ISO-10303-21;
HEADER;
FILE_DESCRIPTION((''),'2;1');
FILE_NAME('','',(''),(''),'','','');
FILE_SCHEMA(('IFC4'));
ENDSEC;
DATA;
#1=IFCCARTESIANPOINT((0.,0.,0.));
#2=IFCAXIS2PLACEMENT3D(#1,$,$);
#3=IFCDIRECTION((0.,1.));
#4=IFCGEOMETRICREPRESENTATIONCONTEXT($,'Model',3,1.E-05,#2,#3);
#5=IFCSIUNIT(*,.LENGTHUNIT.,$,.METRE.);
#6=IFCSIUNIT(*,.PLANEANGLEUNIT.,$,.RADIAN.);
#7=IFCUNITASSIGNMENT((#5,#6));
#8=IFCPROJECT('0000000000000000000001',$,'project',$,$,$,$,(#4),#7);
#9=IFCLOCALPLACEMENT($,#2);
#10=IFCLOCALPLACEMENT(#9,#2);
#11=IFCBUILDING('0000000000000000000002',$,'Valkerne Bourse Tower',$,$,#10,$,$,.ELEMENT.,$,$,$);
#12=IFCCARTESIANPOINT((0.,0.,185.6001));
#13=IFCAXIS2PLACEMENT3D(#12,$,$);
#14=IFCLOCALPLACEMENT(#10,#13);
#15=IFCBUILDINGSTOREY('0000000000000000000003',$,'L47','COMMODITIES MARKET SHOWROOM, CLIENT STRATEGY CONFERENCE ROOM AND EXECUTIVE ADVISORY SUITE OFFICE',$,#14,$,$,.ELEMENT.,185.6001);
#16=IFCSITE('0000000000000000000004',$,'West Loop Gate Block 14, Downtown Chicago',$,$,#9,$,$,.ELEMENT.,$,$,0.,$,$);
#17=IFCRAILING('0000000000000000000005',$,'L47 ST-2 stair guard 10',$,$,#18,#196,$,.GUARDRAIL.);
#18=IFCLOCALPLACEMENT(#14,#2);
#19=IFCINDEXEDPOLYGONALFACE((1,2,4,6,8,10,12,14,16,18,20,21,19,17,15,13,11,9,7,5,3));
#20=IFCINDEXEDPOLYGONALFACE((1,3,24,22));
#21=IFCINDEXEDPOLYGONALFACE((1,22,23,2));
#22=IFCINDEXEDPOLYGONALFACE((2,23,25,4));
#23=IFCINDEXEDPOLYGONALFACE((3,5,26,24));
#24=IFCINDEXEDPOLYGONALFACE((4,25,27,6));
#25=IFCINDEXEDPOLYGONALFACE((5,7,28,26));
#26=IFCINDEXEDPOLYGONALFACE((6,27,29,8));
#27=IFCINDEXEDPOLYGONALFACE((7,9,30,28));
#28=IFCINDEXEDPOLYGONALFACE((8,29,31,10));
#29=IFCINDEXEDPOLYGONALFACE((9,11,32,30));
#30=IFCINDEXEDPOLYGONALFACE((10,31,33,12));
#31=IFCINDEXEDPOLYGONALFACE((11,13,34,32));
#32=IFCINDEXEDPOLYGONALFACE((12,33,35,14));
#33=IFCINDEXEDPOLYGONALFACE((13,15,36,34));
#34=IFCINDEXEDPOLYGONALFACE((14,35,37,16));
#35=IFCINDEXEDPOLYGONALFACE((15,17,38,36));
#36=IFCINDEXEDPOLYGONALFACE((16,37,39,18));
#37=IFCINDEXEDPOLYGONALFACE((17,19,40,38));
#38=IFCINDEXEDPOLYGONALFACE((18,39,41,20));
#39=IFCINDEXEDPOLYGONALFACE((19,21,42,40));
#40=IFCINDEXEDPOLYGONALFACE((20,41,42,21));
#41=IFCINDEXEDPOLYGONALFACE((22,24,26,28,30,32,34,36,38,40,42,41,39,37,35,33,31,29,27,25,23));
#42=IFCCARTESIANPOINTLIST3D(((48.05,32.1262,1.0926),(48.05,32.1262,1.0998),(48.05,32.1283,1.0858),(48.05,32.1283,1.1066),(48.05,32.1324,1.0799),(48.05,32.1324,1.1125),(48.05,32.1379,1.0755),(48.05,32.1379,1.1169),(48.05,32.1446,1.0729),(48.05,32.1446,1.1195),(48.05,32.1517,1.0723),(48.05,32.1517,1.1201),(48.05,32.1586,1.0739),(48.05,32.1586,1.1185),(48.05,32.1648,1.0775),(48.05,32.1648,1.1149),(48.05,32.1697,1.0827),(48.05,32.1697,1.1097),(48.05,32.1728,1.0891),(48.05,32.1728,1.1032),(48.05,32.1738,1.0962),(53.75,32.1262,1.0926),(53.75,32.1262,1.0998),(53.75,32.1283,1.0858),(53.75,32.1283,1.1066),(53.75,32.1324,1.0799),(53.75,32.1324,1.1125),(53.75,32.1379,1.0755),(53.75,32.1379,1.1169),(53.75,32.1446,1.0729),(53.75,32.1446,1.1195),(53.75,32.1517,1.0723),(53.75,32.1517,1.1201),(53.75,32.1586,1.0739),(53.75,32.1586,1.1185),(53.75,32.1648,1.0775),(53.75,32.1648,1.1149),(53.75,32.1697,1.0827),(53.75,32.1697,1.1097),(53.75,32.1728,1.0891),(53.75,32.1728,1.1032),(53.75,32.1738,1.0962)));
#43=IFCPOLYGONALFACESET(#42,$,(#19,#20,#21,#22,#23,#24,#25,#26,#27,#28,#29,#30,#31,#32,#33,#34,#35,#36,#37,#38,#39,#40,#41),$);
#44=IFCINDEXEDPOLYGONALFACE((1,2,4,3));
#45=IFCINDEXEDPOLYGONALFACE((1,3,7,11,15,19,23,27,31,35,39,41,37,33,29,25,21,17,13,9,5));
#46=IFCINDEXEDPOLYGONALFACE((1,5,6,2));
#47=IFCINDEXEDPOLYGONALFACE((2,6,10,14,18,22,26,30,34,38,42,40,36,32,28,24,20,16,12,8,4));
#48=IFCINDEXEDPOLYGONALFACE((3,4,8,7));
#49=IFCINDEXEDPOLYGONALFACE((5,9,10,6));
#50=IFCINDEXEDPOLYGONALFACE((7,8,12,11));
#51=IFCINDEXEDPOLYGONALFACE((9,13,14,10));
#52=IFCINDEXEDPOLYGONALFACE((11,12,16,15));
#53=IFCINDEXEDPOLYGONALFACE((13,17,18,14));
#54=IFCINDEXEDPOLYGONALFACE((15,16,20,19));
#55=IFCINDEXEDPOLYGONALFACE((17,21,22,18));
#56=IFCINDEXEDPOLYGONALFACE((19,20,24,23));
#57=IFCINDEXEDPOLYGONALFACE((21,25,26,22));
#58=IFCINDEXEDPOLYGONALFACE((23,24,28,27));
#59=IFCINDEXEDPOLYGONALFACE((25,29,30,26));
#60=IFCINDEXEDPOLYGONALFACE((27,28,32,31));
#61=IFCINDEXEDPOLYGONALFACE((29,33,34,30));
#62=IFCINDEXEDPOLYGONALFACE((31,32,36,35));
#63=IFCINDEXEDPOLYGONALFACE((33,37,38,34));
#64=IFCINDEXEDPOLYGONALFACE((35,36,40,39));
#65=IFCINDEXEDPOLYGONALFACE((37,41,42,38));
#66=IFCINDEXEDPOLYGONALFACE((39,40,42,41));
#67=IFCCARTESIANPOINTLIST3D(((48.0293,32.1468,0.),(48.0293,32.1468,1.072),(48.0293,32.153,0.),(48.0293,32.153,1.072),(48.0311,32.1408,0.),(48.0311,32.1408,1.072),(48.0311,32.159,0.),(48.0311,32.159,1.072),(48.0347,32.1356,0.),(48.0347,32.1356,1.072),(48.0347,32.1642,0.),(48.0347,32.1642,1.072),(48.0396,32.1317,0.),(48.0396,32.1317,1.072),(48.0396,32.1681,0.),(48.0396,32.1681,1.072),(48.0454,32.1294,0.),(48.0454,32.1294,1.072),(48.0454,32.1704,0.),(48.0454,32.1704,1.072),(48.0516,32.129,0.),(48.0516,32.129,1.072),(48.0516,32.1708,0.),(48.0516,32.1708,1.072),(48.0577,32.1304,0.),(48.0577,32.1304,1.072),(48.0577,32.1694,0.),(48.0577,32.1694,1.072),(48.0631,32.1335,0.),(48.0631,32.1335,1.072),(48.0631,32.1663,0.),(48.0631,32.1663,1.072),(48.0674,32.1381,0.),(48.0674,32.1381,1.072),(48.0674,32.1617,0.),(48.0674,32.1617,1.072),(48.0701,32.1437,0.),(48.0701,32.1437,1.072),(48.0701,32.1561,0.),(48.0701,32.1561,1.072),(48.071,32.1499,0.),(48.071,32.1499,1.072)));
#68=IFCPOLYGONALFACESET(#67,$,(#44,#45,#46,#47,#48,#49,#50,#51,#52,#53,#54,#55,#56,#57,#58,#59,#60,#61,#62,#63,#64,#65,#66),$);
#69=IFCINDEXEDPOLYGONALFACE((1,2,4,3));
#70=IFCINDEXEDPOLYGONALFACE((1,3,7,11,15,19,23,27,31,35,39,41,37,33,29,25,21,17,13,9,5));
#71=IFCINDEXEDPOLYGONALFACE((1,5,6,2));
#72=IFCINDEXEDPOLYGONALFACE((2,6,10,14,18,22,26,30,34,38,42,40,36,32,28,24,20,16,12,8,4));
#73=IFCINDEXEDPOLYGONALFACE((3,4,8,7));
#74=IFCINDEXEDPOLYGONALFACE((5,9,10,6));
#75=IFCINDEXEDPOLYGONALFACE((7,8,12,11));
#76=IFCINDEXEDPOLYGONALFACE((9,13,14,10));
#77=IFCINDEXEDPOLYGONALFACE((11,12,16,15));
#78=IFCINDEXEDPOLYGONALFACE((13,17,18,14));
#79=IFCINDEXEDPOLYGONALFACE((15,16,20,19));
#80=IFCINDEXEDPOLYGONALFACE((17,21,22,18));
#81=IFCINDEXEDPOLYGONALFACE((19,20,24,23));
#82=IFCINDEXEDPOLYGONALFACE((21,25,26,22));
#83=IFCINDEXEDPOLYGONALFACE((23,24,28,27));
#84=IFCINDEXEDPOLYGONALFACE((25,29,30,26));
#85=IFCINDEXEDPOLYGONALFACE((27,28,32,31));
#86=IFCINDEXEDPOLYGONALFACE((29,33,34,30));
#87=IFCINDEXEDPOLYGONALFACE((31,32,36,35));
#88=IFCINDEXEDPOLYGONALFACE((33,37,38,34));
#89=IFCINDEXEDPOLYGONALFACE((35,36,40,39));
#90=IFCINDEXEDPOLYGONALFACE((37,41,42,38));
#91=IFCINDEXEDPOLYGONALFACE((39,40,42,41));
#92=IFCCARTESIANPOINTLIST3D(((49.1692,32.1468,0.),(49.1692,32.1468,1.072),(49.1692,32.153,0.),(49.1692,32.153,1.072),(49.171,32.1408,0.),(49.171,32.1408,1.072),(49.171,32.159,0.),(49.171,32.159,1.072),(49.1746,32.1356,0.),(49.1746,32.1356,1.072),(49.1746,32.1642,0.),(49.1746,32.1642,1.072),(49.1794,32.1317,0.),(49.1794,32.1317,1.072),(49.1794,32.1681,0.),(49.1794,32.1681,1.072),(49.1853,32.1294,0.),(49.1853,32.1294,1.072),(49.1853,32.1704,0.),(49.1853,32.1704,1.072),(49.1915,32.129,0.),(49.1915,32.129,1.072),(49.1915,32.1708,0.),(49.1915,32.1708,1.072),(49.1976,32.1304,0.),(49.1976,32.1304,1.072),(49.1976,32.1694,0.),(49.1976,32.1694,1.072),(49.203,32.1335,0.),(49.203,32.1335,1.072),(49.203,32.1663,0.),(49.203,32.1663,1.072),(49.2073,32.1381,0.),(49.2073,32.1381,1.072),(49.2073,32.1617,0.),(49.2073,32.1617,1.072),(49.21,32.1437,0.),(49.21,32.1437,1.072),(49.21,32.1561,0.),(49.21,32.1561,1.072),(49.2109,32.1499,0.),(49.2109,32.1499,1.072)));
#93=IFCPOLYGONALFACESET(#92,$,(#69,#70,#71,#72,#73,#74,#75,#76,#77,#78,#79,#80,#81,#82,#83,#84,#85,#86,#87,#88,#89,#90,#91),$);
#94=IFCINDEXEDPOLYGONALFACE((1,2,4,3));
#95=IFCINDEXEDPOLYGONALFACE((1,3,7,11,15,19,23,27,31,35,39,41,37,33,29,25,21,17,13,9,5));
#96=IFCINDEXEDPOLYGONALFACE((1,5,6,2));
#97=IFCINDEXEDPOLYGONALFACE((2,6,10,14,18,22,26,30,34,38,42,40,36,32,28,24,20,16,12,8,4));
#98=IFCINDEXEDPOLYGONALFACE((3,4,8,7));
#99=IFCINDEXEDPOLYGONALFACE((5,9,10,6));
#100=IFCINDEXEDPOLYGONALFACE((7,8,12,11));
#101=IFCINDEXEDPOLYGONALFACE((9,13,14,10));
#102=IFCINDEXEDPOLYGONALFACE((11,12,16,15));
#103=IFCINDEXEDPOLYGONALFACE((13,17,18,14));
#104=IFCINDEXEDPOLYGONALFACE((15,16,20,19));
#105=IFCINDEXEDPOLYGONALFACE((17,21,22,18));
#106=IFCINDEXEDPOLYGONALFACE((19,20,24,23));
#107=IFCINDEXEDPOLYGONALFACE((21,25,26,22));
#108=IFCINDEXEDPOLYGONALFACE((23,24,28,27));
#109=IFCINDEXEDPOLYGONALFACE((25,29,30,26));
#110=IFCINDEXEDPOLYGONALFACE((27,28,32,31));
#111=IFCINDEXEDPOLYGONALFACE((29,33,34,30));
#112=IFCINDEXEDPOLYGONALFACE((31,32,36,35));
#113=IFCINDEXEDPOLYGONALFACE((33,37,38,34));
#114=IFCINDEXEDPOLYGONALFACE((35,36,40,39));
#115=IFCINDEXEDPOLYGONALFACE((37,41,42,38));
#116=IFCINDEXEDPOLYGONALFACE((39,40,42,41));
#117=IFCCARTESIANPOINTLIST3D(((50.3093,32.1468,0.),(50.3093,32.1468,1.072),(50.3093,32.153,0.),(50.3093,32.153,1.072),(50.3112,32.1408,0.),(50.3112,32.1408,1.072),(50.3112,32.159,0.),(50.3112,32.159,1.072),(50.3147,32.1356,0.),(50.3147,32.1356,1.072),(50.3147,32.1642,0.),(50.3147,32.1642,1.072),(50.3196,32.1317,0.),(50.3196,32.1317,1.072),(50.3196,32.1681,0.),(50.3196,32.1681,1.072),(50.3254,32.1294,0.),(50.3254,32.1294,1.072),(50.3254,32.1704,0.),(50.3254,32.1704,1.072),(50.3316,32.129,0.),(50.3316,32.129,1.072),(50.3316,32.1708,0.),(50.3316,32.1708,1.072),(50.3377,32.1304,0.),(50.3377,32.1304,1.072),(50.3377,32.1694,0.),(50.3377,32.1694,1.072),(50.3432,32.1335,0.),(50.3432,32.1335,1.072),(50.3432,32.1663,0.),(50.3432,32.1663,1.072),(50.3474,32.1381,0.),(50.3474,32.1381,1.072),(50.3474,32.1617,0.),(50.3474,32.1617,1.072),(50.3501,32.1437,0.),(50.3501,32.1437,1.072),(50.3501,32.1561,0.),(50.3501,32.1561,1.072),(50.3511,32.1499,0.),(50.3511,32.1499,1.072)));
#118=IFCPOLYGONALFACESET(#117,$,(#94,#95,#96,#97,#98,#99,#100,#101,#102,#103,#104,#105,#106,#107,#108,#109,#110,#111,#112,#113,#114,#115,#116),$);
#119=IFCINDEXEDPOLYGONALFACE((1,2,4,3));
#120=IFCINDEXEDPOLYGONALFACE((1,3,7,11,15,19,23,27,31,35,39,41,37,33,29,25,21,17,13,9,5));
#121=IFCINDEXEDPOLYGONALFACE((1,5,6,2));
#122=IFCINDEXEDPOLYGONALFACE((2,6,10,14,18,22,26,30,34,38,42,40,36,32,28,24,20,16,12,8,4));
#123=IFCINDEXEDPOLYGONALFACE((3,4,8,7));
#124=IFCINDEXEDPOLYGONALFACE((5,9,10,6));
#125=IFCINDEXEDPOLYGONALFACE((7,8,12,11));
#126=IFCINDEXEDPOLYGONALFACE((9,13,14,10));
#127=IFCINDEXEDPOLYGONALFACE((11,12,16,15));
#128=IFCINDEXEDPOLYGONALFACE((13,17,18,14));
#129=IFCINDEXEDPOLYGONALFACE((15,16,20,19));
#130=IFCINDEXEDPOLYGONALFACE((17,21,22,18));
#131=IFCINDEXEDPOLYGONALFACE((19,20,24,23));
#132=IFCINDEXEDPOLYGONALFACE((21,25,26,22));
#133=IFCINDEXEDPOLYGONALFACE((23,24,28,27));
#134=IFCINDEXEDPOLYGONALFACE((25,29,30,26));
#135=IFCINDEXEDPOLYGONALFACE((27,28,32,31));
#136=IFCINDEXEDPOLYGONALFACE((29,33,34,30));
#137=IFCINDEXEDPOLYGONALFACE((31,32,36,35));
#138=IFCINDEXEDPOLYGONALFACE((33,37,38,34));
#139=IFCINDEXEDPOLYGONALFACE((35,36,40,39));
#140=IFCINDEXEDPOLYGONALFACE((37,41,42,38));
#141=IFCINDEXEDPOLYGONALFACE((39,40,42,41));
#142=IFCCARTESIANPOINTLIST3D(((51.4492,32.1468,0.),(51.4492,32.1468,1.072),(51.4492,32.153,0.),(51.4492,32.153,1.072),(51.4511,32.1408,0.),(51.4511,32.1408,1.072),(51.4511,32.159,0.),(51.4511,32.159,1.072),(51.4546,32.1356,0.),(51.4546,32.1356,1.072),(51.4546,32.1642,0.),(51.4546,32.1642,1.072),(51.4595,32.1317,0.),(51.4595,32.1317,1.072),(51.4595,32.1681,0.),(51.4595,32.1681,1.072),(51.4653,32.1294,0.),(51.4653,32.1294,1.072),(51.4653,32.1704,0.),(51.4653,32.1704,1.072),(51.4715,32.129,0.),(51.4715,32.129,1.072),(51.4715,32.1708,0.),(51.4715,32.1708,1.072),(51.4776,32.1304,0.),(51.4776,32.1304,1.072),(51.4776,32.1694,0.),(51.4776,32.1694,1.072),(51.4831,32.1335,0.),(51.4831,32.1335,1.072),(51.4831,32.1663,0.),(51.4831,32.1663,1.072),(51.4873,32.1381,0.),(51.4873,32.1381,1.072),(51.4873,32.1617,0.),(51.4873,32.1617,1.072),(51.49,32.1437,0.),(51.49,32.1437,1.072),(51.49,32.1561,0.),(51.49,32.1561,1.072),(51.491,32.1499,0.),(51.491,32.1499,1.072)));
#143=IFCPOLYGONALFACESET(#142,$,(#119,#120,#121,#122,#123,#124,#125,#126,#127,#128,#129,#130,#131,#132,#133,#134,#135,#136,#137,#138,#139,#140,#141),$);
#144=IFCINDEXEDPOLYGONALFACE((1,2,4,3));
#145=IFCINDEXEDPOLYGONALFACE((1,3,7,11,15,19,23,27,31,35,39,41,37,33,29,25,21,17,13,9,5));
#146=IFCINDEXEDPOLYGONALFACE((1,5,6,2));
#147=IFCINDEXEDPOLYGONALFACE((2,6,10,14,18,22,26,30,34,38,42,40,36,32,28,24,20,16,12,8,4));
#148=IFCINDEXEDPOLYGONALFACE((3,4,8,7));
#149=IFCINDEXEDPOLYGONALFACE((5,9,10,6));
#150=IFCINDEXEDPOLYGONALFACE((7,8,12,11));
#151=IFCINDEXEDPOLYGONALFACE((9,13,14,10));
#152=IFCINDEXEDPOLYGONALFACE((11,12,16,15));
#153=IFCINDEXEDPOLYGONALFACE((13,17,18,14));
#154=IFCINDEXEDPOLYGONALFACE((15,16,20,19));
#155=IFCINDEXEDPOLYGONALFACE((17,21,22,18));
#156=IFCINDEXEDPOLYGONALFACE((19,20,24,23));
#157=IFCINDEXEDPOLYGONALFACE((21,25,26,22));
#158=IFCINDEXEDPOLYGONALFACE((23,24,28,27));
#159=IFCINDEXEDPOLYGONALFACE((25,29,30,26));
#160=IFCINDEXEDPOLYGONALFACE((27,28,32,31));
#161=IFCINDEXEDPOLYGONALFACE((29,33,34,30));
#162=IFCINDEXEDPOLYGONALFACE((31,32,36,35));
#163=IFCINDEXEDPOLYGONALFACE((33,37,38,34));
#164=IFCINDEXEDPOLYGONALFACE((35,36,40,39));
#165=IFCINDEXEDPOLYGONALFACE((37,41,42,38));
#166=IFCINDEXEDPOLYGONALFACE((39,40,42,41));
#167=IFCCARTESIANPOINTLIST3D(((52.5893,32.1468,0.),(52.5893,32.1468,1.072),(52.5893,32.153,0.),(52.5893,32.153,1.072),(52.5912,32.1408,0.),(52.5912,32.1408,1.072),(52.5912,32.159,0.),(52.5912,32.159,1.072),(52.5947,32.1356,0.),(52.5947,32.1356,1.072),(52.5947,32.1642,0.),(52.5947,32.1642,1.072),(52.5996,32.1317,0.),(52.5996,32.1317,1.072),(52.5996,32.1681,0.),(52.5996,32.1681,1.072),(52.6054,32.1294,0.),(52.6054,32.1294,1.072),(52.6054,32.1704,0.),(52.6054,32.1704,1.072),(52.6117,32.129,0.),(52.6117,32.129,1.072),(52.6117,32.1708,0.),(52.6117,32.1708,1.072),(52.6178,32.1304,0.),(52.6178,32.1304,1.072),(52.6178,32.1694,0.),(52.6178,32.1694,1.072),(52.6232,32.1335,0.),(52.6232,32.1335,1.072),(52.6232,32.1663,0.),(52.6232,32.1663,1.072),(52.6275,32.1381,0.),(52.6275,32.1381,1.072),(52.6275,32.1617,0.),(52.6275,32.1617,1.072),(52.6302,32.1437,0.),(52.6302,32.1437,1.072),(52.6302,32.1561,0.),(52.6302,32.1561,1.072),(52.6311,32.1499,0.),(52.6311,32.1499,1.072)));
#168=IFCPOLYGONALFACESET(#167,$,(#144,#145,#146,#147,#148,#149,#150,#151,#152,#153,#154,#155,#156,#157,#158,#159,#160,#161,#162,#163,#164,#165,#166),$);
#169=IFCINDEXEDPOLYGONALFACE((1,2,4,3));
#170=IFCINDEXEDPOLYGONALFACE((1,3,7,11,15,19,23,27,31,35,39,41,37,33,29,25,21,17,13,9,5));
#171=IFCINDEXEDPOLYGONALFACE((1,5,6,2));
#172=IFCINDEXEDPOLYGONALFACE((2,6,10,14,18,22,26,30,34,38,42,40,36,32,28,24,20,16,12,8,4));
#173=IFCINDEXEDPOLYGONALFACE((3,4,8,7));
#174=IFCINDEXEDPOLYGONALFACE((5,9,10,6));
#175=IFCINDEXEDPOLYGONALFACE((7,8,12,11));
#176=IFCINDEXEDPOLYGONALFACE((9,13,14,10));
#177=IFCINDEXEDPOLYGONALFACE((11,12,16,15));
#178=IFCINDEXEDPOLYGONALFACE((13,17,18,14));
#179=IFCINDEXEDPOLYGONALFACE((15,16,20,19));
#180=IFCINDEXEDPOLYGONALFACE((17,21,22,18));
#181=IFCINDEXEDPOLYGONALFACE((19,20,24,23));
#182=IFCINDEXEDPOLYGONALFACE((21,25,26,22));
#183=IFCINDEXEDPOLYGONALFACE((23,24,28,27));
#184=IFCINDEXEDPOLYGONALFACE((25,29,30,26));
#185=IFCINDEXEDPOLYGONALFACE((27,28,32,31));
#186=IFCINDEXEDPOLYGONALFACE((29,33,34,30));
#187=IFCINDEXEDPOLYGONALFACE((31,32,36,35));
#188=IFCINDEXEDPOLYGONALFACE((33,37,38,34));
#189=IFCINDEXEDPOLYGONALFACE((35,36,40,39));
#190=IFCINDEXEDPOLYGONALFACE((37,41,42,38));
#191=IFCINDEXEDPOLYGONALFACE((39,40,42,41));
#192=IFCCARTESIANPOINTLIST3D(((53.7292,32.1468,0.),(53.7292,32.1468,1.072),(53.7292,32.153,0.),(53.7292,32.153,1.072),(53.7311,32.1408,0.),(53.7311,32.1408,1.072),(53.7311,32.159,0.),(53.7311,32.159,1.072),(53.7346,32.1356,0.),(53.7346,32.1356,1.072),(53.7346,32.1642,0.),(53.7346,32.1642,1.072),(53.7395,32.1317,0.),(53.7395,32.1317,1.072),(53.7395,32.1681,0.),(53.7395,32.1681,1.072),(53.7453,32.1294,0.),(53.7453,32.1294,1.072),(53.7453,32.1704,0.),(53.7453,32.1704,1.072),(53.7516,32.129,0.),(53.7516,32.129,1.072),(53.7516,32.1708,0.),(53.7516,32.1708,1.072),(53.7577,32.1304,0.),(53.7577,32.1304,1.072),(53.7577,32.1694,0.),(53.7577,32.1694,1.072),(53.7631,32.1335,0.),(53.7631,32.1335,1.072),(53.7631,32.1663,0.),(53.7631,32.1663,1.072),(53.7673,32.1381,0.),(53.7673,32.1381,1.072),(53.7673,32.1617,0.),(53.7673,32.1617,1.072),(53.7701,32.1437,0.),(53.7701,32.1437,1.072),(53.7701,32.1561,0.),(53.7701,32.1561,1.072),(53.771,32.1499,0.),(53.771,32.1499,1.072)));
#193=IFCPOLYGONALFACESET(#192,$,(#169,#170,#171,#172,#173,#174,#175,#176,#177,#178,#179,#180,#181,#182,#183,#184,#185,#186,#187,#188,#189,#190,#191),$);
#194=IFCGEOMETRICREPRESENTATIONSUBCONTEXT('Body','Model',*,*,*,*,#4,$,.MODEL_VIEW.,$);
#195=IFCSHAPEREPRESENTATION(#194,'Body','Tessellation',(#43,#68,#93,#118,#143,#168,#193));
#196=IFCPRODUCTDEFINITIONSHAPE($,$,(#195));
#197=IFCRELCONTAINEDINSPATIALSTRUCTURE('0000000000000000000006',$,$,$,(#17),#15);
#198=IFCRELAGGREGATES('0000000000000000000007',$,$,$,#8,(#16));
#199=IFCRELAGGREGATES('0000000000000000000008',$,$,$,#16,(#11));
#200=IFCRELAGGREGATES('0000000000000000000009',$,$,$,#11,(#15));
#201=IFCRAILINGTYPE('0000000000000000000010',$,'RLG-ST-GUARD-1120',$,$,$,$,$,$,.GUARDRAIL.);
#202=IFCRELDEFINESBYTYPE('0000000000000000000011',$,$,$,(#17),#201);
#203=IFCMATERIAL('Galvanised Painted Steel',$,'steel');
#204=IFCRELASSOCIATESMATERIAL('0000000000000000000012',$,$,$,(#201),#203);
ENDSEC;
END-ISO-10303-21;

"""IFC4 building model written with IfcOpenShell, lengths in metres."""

from ifc_helpers import new_model, si_unit, direction, frame, origin, origin_2d, place, context, subcontext, project, spatial, circle, extrude, material, type_object, element, save


model = new_model("IFC4")

# Units and contexts
model_context = context("Model", 3, precision=1e-05, world=origin(), true_north=direction((0.0, 1.0)))
body_context = subcontext(model_context, "Body", "Model", "MODEL_VIEW")
ifc_project = project(units=[si_unit("LENGTHUNIT", "METRE"), si_unit("PLANEANGLEUNIT", "RADIAN")], contexts=[model_context])

# Site, building, storey
site_placement = place(None, origin())
site = spatial("IfcSite", under=ifc_project, at=site_placement, Name="West Loop Gate Block 14, Downtown Chicago", CompositionType="ELEMENT", RefElevation=0.0)
building_placement = place(site_placement, origin())
building = spatial("IfcBuilding", under=site, at=building_placement, Name="Valkerne Bourse Tower", CompositionType="ELEMENT")
storey_placement = place(building_placement, frame((0.0, 0.0, 185.6001)))
storey = spatial("IfcBuildingStorey", under=building, at=storey_placement, Name="L47", Description="COMMODITIES MARKET SHOWROOM, CLIENT STRATEGY CONFERENCE ROOM AND EXECUTIVE ADVISORY SUITE OFFICE", CompositionType="ELEMENT", Elevation=185.6001)

# Shared definitions
ifc_material_1 = material(Name="Galvanised Painted Steel", Category="steel")

# Railing
railing_type_1 = type_object("IfcRailingType", Name="RLG-ST-GUARD-1120", PredefinedType="GUARDRAIL", material=ifc_material_1)
railing_1_placement = place(storey_placement, frame((48.05, 32.1499, 0.0)))
element("IfcRailing", 1, at=railing_1_placement, inside=storey, type_object=railing_type_1, Name="L47 ST-2 stair guard 10", PredefinedType="GUARDRAIL", context=body_context, shape_type="SweptSolid", body=[
    extrude(circle(Radius=0.0239, at=origin_2d()), frame((0.0, 0.0, 1.0962), z_axis=(1.0, 0.0, 0.0), x_axis=(0.0, 1.0, 0.0)), (0.0, 0.0, 1.0), 5.7),
    extrude(circle(Radius=0.021, at=origin_2d()), origin(), (0.0, 0.0, 1.0), 1.072),
    extrude(circle(Radius=0.021, at=origin_2d()), frame((1.1399, 0.0, 0.0)), (0.0, 0.0, 1.0), 1.072),
    extrude(circle(Radius=0.021, at=origin_2d()), frame((2.28, 0.0, 0.0)), (0.0, 0.0, 1.0), 1.072),
    extrude(circle(Radius=0.021, at=origin_2d()), frame((3.4199, 0.0, 0.0)), (0.0, 0.0, 1.0), 1.072),
    extrude(circle(Radius=0.021, at=origin_2d()), frame((4.5601, 0.0, 0.0)), (0.0, 0.0, 1.0), 1.072),
    extrude(circle(Radius=0.021, at=origin_2d()), frame((5.7, 0.0, 0.0)), (0.0, 0.0, 1.0), 1.072),
])

save(model, "model.ifc")
